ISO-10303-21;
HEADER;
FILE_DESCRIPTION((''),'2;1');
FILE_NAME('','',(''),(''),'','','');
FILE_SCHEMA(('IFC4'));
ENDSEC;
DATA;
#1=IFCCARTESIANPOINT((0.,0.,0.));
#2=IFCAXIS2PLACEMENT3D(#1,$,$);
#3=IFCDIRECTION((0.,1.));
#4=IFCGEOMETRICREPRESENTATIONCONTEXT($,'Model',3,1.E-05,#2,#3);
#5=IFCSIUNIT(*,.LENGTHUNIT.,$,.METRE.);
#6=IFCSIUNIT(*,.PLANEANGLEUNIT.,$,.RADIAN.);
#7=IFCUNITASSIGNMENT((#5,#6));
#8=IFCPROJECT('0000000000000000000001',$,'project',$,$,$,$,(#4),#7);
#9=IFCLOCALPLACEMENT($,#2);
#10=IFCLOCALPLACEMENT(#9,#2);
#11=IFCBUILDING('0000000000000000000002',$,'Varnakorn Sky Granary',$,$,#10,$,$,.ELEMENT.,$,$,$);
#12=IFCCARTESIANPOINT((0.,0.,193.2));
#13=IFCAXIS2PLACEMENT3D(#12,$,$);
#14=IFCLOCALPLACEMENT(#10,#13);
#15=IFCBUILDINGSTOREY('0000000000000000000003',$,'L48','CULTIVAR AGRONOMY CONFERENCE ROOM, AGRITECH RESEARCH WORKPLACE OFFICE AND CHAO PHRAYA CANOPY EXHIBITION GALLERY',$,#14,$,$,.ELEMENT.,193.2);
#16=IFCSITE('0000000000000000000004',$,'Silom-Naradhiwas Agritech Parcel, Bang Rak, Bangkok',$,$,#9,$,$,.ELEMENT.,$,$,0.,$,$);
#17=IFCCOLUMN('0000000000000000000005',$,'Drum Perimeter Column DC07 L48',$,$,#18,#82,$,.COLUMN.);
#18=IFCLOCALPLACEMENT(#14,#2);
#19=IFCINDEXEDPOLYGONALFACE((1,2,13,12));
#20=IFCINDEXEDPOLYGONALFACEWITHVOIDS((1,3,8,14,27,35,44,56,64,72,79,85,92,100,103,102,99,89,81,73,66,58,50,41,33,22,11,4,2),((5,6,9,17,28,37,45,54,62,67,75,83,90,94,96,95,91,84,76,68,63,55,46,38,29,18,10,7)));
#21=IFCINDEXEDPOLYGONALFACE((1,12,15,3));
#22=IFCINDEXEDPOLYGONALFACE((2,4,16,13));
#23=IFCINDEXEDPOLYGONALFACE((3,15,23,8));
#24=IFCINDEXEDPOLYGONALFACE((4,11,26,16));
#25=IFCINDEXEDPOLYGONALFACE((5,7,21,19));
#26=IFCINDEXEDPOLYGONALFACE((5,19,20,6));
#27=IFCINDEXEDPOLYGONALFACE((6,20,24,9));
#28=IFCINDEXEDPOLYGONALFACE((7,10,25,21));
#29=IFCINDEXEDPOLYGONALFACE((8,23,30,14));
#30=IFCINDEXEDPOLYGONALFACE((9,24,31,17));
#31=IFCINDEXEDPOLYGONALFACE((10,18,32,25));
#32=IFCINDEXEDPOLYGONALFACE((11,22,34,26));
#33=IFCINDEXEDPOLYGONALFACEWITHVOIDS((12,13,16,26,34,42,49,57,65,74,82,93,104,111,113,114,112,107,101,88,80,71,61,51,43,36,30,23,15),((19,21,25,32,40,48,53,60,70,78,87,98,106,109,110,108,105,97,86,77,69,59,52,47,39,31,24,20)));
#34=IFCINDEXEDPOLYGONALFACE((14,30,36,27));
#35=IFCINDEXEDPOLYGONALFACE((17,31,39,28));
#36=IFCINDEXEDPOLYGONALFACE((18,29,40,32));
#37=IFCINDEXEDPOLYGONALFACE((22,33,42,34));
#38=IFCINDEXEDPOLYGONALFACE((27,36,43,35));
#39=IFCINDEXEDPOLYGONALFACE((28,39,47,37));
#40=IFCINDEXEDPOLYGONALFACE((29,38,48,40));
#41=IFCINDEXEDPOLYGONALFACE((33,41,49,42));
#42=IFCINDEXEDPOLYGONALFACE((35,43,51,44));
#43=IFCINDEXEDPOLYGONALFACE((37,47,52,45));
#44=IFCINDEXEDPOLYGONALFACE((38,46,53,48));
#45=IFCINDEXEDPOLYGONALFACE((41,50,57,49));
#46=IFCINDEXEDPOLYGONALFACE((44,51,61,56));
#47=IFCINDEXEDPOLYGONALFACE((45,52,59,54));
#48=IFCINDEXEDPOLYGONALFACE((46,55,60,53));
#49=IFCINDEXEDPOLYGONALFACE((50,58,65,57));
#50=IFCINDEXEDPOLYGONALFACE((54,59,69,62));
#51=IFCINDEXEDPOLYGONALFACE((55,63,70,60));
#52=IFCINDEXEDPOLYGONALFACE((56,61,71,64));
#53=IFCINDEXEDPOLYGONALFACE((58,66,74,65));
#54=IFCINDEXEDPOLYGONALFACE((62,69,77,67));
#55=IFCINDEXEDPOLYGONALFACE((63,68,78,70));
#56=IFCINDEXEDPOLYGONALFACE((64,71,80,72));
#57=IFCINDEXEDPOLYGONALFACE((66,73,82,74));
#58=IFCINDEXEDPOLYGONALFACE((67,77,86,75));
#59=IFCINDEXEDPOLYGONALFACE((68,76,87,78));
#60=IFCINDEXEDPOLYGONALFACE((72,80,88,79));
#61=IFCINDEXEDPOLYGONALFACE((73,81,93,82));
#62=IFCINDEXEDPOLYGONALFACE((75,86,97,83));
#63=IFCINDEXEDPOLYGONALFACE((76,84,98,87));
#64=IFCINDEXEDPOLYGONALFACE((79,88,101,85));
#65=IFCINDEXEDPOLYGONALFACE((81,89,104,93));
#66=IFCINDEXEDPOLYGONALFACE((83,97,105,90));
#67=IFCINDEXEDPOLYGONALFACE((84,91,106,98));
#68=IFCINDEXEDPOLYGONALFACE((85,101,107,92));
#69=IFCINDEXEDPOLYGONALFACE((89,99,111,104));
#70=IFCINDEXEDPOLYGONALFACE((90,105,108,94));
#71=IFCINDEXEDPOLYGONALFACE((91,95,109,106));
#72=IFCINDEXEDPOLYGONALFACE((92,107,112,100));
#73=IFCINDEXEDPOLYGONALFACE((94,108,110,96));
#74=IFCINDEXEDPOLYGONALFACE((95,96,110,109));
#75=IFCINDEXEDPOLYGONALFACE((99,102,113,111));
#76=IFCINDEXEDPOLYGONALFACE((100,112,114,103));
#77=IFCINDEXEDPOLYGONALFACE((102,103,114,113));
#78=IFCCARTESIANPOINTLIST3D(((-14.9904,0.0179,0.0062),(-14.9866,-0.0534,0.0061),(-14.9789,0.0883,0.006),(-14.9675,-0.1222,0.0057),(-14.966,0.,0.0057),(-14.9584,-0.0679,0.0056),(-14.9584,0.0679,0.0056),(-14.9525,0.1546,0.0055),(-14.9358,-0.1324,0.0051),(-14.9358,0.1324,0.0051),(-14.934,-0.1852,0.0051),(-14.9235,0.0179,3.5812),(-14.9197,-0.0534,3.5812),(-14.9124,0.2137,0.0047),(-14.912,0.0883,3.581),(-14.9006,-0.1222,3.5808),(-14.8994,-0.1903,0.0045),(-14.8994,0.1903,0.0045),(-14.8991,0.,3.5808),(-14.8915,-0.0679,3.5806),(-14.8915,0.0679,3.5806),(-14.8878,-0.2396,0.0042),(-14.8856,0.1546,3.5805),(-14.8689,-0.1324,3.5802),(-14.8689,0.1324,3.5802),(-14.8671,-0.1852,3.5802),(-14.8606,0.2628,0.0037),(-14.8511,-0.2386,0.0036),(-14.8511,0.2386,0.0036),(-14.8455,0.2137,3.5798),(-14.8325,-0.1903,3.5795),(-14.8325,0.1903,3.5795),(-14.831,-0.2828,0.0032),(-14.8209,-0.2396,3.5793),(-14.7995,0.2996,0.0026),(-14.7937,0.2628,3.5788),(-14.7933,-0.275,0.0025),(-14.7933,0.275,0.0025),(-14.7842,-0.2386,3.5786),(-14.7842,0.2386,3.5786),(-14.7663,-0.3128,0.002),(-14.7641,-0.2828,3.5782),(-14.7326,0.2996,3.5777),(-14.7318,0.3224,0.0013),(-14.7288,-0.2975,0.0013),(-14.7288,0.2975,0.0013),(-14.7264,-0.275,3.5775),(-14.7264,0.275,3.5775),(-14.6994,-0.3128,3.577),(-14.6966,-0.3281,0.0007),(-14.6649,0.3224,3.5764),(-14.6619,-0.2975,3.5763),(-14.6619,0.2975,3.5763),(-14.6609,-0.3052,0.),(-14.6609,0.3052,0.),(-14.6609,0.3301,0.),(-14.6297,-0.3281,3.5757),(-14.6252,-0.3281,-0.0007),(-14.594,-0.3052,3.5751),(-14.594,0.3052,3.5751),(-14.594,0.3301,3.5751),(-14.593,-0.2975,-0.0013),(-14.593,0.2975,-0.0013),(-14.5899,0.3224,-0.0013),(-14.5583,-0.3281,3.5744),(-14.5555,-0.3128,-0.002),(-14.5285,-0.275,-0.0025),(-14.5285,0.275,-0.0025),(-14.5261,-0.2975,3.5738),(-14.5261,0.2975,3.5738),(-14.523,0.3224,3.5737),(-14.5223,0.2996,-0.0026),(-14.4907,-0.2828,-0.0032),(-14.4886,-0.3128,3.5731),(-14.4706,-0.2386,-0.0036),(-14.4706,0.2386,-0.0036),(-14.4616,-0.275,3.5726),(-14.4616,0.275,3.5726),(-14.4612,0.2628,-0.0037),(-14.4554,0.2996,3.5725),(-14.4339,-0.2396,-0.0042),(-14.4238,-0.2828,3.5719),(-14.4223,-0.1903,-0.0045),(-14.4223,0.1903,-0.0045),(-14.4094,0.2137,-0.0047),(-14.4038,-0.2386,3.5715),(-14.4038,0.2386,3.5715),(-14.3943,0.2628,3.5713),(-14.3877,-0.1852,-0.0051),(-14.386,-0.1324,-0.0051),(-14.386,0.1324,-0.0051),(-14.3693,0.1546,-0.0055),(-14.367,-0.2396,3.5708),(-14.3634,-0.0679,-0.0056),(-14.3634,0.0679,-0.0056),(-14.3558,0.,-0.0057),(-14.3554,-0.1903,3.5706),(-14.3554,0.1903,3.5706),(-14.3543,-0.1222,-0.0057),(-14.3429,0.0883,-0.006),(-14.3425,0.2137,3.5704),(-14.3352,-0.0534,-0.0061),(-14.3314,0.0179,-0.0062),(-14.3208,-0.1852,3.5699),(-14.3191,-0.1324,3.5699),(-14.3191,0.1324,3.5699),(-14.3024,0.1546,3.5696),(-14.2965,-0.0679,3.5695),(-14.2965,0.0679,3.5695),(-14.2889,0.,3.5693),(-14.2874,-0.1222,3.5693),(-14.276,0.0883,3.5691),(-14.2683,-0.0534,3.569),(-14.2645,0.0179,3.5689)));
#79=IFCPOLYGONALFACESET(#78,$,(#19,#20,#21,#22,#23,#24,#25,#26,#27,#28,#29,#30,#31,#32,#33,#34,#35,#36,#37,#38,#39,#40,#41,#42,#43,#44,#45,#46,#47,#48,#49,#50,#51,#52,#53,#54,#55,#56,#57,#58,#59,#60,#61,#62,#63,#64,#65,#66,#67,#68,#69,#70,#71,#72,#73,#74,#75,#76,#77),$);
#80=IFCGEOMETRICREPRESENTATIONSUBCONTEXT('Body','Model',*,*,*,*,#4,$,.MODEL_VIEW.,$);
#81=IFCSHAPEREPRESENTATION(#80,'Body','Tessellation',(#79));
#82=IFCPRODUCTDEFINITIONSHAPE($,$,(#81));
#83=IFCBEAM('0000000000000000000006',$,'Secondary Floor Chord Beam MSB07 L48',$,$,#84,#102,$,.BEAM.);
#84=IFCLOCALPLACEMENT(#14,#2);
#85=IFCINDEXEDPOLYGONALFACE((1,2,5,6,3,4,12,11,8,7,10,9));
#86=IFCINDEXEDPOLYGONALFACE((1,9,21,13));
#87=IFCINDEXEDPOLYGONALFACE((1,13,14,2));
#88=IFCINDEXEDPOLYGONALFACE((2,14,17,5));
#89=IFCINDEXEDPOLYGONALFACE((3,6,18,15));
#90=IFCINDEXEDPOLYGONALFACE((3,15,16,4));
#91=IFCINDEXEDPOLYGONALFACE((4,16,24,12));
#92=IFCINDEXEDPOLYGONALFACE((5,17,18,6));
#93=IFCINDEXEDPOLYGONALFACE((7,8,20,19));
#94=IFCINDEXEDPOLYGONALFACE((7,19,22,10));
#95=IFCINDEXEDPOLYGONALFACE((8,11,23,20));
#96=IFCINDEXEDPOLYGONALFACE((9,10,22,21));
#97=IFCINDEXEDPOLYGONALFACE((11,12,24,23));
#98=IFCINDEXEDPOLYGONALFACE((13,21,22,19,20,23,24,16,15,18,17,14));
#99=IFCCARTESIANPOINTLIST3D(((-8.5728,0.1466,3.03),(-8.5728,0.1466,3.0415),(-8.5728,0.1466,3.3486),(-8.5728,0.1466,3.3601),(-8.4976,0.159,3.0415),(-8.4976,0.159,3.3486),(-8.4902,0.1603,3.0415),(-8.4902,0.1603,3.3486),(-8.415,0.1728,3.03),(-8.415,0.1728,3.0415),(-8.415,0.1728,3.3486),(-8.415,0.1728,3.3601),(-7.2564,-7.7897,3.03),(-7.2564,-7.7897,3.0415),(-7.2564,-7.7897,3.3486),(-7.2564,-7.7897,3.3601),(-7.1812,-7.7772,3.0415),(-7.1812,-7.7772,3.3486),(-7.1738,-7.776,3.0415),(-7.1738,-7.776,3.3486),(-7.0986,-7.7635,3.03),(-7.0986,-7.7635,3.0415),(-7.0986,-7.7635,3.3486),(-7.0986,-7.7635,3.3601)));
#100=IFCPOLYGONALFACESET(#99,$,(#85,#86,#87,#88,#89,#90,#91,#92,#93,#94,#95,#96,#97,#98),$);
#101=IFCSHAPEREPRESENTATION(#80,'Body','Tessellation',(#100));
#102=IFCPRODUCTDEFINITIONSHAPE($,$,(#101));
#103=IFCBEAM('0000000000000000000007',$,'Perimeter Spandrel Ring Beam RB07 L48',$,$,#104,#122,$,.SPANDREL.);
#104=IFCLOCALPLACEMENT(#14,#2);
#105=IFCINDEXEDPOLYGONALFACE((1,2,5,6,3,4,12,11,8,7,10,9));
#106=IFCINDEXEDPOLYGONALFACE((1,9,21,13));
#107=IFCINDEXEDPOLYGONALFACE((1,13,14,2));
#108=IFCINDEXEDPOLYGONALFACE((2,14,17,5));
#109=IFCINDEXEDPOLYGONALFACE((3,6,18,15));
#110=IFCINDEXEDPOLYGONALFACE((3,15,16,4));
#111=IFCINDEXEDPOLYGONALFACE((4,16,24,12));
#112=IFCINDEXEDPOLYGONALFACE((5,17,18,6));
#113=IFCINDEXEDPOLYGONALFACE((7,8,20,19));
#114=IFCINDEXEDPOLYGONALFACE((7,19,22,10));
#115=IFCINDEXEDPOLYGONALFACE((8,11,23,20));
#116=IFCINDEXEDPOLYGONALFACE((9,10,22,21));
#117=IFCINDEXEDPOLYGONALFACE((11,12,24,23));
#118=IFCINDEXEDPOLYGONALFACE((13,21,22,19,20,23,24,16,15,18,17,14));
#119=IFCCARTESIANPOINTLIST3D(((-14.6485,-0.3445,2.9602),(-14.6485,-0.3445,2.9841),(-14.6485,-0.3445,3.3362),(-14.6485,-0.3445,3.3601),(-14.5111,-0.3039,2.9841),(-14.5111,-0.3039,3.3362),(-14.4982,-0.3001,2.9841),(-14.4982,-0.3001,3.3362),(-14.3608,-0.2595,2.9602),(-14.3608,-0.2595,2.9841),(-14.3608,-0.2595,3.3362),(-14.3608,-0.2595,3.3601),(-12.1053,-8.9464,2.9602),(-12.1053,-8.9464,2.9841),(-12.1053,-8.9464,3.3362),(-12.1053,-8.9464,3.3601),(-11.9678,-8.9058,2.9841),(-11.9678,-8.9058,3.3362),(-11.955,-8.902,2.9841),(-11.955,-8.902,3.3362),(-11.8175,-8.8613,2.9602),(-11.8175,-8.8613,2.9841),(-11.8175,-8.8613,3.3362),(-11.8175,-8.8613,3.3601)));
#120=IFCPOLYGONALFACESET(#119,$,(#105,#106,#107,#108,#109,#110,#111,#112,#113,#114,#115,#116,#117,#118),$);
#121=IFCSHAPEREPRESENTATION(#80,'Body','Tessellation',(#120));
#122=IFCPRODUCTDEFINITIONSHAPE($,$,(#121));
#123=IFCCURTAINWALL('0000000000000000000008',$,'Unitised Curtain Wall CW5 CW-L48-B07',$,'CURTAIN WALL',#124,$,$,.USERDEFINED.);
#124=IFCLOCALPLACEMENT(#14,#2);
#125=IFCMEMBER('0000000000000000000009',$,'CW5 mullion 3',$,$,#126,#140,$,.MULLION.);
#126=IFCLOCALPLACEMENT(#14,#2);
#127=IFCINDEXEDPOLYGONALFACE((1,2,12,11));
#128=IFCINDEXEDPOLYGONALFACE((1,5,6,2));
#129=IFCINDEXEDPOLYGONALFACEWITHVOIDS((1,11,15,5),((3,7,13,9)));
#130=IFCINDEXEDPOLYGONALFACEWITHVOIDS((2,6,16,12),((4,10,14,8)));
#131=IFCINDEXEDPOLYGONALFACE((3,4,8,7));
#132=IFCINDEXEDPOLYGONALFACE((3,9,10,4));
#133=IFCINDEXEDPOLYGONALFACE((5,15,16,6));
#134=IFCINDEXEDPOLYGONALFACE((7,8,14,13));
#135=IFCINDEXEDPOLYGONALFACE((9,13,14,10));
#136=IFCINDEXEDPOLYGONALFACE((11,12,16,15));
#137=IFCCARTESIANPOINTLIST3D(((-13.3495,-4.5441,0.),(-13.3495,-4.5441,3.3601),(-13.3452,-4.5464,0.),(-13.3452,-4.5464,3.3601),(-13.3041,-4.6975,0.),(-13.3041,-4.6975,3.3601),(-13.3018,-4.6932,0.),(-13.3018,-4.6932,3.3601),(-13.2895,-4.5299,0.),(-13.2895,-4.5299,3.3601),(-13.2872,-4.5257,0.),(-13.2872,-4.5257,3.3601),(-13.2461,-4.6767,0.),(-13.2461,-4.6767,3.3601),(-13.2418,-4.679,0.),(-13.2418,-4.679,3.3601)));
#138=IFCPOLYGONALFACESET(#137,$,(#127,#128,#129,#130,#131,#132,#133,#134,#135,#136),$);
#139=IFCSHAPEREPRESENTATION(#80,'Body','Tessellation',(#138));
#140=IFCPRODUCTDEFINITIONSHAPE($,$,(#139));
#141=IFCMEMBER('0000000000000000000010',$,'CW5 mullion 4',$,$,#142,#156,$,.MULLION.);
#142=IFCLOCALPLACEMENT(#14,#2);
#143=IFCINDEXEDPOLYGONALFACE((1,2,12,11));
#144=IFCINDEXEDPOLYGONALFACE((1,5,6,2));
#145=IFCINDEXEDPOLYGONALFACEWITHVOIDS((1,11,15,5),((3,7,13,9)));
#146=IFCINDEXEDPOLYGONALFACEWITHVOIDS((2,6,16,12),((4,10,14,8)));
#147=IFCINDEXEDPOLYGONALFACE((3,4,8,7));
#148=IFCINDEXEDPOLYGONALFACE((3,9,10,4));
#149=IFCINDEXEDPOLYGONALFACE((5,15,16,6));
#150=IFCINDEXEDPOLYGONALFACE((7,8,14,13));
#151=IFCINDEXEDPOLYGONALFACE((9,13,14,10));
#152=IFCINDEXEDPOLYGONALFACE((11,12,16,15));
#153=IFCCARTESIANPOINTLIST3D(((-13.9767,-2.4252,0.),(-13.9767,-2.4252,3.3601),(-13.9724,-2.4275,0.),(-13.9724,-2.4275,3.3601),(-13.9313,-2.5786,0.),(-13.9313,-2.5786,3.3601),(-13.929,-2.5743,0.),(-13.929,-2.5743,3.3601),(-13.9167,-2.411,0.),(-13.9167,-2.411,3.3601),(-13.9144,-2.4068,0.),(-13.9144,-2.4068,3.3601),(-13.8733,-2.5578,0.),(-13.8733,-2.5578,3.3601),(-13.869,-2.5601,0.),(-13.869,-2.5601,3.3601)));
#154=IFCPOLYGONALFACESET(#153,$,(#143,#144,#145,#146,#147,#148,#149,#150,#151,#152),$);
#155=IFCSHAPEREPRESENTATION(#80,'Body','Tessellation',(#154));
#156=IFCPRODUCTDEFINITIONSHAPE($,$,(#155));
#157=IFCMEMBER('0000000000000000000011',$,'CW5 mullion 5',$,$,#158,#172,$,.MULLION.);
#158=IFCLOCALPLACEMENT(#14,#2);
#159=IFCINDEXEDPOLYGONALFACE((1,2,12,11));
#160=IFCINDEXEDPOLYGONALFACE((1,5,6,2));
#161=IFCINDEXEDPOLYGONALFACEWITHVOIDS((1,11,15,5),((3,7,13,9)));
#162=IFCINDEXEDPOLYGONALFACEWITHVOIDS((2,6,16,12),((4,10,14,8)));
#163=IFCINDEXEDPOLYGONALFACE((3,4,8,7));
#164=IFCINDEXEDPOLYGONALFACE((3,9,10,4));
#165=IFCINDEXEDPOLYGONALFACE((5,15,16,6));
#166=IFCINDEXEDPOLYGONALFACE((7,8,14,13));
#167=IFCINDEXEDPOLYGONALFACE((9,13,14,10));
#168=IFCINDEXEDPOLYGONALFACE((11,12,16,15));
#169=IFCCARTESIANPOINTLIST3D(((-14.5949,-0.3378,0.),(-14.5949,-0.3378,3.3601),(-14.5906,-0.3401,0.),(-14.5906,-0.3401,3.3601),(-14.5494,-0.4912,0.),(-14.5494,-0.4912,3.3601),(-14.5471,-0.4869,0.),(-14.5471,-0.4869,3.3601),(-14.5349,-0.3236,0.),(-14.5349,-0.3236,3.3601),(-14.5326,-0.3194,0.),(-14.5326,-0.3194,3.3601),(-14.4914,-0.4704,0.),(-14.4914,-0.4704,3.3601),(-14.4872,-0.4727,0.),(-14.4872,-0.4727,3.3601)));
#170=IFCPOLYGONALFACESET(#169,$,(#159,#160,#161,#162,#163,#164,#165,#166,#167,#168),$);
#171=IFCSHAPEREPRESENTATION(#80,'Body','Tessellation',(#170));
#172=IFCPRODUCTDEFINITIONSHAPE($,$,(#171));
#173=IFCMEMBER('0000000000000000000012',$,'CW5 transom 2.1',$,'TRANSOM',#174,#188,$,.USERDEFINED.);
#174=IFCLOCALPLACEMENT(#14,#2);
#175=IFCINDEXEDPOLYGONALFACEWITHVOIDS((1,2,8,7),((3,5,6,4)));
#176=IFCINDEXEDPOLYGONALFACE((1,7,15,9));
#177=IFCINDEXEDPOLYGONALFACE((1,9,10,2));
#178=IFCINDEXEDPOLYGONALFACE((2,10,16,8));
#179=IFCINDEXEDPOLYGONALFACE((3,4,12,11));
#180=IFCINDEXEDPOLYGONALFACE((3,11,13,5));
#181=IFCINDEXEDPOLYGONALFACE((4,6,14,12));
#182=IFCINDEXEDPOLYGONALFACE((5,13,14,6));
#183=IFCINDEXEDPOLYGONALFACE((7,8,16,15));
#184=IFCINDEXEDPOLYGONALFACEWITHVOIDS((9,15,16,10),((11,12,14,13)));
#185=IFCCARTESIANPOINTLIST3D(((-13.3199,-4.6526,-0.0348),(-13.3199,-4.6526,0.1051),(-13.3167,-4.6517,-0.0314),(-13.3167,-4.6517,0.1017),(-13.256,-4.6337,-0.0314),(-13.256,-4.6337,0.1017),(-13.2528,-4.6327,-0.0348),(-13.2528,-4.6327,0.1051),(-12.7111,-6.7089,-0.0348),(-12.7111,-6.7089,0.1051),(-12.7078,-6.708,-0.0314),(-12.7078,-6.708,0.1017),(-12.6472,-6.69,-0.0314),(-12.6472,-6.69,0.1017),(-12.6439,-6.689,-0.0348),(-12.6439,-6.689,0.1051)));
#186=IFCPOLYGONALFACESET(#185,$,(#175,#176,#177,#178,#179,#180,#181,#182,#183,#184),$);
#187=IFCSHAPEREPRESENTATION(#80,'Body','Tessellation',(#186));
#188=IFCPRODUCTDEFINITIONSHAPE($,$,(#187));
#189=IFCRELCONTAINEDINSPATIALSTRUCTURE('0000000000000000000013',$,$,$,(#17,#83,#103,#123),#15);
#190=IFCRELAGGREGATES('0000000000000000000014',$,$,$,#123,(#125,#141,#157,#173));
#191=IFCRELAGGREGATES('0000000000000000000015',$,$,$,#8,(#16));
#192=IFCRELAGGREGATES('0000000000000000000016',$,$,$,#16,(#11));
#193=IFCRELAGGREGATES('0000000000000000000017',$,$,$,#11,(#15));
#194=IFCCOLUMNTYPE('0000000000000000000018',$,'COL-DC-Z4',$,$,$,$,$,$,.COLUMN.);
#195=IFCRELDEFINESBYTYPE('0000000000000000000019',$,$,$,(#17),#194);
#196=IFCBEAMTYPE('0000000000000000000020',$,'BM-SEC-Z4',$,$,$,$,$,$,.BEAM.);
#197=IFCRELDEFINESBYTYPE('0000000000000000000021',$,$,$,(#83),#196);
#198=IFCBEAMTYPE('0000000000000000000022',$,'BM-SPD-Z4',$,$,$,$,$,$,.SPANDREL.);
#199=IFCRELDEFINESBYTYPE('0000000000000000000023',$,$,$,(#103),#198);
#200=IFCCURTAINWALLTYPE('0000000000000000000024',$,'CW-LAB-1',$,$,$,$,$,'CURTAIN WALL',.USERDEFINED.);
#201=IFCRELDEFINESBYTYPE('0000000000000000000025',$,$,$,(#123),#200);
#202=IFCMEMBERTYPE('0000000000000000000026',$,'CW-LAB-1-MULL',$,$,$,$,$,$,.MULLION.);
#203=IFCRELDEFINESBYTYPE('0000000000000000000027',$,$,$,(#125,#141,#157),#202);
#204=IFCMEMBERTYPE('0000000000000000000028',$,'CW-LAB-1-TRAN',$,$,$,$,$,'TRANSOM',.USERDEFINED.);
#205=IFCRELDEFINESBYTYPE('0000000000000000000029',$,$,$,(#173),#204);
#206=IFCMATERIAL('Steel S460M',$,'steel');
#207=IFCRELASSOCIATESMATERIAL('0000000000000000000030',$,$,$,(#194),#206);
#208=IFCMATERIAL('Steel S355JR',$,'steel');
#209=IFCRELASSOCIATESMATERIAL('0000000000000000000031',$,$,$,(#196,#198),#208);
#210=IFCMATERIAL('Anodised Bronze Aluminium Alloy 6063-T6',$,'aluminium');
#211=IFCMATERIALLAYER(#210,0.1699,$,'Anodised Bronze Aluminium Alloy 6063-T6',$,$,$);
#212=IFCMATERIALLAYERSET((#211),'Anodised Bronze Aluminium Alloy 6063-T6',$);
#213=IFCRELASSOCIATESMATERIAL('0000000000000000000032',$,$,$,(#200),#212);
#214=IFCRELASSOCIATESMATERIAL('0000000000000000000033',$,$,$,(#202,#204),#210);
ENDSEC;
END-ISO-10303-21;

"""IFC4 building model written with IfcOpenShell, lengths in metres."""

from ifc_helpers import new_model, si_unit, direction, frame, origin, origin_2d, place, context, subcontext, project, spatial, hollow_rectangle, hollow_circle, i_section, extrude, material, layer, layer_set, material_profile, profile_set, type_object, element, aggregate, save


model = new_model("IFC4")

# Units and contexts
model_context = context("Model", 3, precision=1e-05, world=origin(), true_north=direction((0.0, 1.0)))
body_context = subcontext(model_context, "Body", "Model", "MODEL_VIEW")
ifc_project = project(units=[si_unit("LENGTHUNIT", "METRE"), si_unit("PLANEANGLEUNIT", "RADIAN")], contexts=[model_context])

# Site, building, storey
site_placement = place(None, origin())
site = spatial("IfcSite", under=ifc_project, at=site_placement, Name="Silom-Naradhiwas Agritech Parcel, Bang Rak, Bangkok", CompositionType="ELEMENT", RefElevation=0.0)
building_placement = place(site_placement, origin())
building = spatial("IfcBuilding", under=site, at=building_placement, Name="Varnakorn Sky Granary", CompositionType="ELEMENT")
storey_placement = place(building_placement, frame((0.0, 0.0, 193.2)))
storey = spatial("IfcBuildingStorey", under=building, at=storey_placement, Name="L48", Description="CULTIVAR AGRONOMY CONFERENCE ROOM, AGRITECH RESEARCH WORKPLACE OFFICE AND CHAO PHRAYA CANOPY EXHIBITION GALLERY", CompositionType="ELEMENT", Elevation=193.2)

# Column
ifc_material_1 = material(Name="Steel S460M", Category="steel")
ifc_material_profile_1 = material_profile(ifc_material_1, hollow_circle(Radius=0.3301, WallThickness=0.0249, at=origin_2d()), Name="CHS 660x25")
ifc_profile_set_1 = profile_set([ifc_material_profile_1], Name="Steel S460M")
column_type = type_object("IfcColumnType", Name="COL-DC-Z4", PredefinedType="COLUMN", material=ifc_profile_set_1)
column_placement = place(storey_placement, frame((-14.6609, 0.0, 0.0), z_axis=(0.018709, 0.0, 0.999825), x_axis=(0.0, 1.0, 0.0)))
element("IfcColumn", 1, at=column_placement, inside=storey, type_object=column_type, Name="Drum Perimeter Column DC07 L48", PredefinedType="COLUMN", context=body_context, shape_type="SweptSolid", body=[
    extrude(hollow_circle(Radius=0.3301, WallThickness=0.0249, at=origin_2d()), origin(), (0.0, 0.0, 1.0), 3.5757),
])

# Beams
ifc_material_2 = material(Name="Steel S355JR", Category="steel")
ifc_material_profile_2 = material_profile(ifc_material_2, i_section(OverallWidth=0.1599, OverallDepth=0.3301, WebThickness=0.0076, FlangeThickness=0.0115, at=origin_2d()), Name="IPE 330")
ifc_profile_set_2 = profile_set([ifc_material_profile_2], Name="Steel S355JR")
beam_type_1 = type_object("IfcBeamType", Name="BM-SEC-Z4", PredefinedType="BEAM", material=ifc_profile_set_2)
beam_1_placement = place(storey_placement, frame((-8.4939, 0.1597, 3.1951), z_axis=(0.163636, -0.986521, 0.0), x_axis=(0.986521, 0.163636, 0.0)))
element("IfcBeam", 2, at=beam_1_placement, inside=storey, type_object=beam_type_1, Name="Secondary Floor Chord Beam MSB07 L48", PredefinedType="BEAM", context=body_context, shape_type="SweptSolid", body=[
    extrude(i_section(OverallWidth=0.1599, OverallDepth=0.3301, WebThickness=0.0076, FlangeThickness=0.0115, at=origin_2d()), origin(), (0.0, 0.0, 1.0), 8.0447),
])
ifc_material_profile_3 = material_profile(ifc_material_2, i_section(OverallWidth=0.3, OverallDepth=0.3999, WebThickness=0.0134, FlangeThickness=0.0239, at=origin_2d()), Name="HE 400 B")
ifc_profile_set_3 = profile_set([ifc_material_profile_3], Name="Steel S355JR")
beam_type_2 = type_object("IfcBeamType", Name="BM-SPD-Z4", PredefinedType="SPANDREL", material=ifc_profile_set_3)
beam_2_placement = place(storey_placement, frame((-14.5046, -0.302, 3.1602), z_axis=(0.283528, -0.958964, 0.0), x_axis=(0.958964, 0.283528, 0.0)))
element("IfcBeam", 3, at=beam_2_placement, inside=storey, type_object=beam_type_2, Name="Perimeter Spandrel Ring Beam RB07 L48", PredefinedType="SPANDREL", context=body_context, shape_type="SweptSolid", body=[
    extrude(i_section(OverallWidth=0.3, OverallDepth=0.3999, WebThickness=0.0134, FlangeThickness=0.0239, at=origin_2d()), origin(), (0.0, 0.0, 1.0), 8.97),
])

# Curtain wall, members
ifc_material_3 = material(Name="Anodised Bronze Aluminium Alloy 6063-T6", Category="aluminium")
ifc_layer_1 = layer(ifc_material_3, 0.1699, Name="Anodised Bronze Aluminium Alloy 6063-T6")
ifc_layer_set_1 = layer_set([ifc_layer_1], Name="Anodised Bronze Aluminium Alloy 6063-T6")
curtain_wall_type = type_object("IfcCurtainWallType", Name="CW-LAB-1", ElementType="CURTAIN WALL", PredefinedType="USERDEFINED", material=ifc_layer_set_1)
curtain_wall_placement = place(storey_placement, origin())
curtain_wall = element("IfcCurtainWall", 4, at=curtain_wall_placement, inside=storey, type_object=curtain_wall_type, Name="Unitised Curtain Wall CW5 CW-L48-B07", ObjectType="CURTAIN WALL", PredefinedType="USERDEFINED")
ifc_material_profile_4 = material_profile(ifc_material_3, hollow_rectangle(XDim=0.0649, YDim=0.1599, WallThickness=0.0034, at=origin_2d()), Name="ALU MULL 65x160")
ifc_profile_set_4 = profile_set([ifc_material_profile_4], Name="Anodised Bronze Aluminium Alloy 6063-T6")
member_type_1 = type_object("IfcMemberType", Name="CW-LAB-1-MULL", PredefinedType="MULLION", material=ifc_profile_set_4)
member_1_placement = place(storey_placement, frame((-13.2957, -4.6116, 0.0), z_axis=(0.0, 0.0, 1.0), x_axis=(-0.958848, -0.283921, 0.0)))
member_1 = element("IfcMember", 5, at=member_1_placement, type_object=member_type_1, Name="CW5 mullion 3", PredefinedType="MULLION", context=body_context, shape_type="SweptSolid", body=[
    extrude(hollow_rectangle(XDim=0.0649, YDim=0.1599, WallThickness=0.0034, at=origin_2d()), origin(), (0.0, 0.0, 1.0), 3.3601),
])
member_2_placement = place(storey_placement, frame((-13.9229, -2.4927, 0.0), z_axis=(0.0, 0.0, 1.0), x_axis=(-0.958848, -0.283921, 0.0)))
member_2 = element("IfcMember", 6, at=member_2_placement, type_object=member_type_1, Name="CW5 mullion 4", PredefinedType="MULLION", context=body_context, shape_type="SweptSolid", body=[
    extrude(hollow_rectangle(XDim=0.0649, YDim=0.1599, WallThickness=0.0034, at=origin_2d()), origin(), (0.0, 0.0, 1.0), 3.3601),
])
member_3_placement = place(storey_placement, frame((-14.541, -0.4053, 0.0), z_axis=(0.0, 0.0, 1.0), x_axis=(-0.958848, -0.283921, 0.0)))
member_3 = element("IfcMember", 7, at=member_3_placement, type_object=member_type_1, Name="CW5 mullion 5", PredefinedType="MULLION", context=body_context, shape_type="SweptSolid", body=[
    extrude(hollow_rectangle(XDim=0.0649, YDim=0.1599, WallThickness=0.0034, at=origin_2d()), origin(), (0.0, 0.0, 1.0), 3.3601),
])
ifc_material_profile_5 = material_profile(ifc_material_3, hollow_rectangle(XDim=0.0701, YDim=0.1399, WallThickness=0.0034, at=origin_2d()), Name="ALU TRAN 70x140")
ifc_profile_set_5 = profile_set([ifc_material_profile_5], Name="Anodised Bronze Aluminium Alloy 6063-T6")
member_type_2 = type_object("IfcMemberType", Name="CW-LAB-1-TRAN", ElementType="TRANSOM", PredefinedType="USERDEFINED", material=ifc_profile_set_5)
member_4_placement = place(storey_placement, frame((-12.6775, -6.699, 0.0352), z_axis=(-0.28391, 0.958851, 0.0), x_axis=(-0.958851, -0.28391, 0.0)))
member_4 = element("IfcMember", 8, at=member_4_placement, type_object=member_type_2, Name="CW5 transom 2.1", ObjectType="TRANSOM", PredefinedType="USERDEFINED", context=body_context, shape_type="SweptSolid", body=[
    extrude(hollow_rectangle(XDim=0.0701, YDim=0.1399, WallThickness=0.0034, at=origin_2d()), origin(), (0.0, 0.0, 1.0), 2.1445),
])

aggregate(curtain_wall, [member_1, member_2, member_3, member_4])

save(model, "model.ifc")
